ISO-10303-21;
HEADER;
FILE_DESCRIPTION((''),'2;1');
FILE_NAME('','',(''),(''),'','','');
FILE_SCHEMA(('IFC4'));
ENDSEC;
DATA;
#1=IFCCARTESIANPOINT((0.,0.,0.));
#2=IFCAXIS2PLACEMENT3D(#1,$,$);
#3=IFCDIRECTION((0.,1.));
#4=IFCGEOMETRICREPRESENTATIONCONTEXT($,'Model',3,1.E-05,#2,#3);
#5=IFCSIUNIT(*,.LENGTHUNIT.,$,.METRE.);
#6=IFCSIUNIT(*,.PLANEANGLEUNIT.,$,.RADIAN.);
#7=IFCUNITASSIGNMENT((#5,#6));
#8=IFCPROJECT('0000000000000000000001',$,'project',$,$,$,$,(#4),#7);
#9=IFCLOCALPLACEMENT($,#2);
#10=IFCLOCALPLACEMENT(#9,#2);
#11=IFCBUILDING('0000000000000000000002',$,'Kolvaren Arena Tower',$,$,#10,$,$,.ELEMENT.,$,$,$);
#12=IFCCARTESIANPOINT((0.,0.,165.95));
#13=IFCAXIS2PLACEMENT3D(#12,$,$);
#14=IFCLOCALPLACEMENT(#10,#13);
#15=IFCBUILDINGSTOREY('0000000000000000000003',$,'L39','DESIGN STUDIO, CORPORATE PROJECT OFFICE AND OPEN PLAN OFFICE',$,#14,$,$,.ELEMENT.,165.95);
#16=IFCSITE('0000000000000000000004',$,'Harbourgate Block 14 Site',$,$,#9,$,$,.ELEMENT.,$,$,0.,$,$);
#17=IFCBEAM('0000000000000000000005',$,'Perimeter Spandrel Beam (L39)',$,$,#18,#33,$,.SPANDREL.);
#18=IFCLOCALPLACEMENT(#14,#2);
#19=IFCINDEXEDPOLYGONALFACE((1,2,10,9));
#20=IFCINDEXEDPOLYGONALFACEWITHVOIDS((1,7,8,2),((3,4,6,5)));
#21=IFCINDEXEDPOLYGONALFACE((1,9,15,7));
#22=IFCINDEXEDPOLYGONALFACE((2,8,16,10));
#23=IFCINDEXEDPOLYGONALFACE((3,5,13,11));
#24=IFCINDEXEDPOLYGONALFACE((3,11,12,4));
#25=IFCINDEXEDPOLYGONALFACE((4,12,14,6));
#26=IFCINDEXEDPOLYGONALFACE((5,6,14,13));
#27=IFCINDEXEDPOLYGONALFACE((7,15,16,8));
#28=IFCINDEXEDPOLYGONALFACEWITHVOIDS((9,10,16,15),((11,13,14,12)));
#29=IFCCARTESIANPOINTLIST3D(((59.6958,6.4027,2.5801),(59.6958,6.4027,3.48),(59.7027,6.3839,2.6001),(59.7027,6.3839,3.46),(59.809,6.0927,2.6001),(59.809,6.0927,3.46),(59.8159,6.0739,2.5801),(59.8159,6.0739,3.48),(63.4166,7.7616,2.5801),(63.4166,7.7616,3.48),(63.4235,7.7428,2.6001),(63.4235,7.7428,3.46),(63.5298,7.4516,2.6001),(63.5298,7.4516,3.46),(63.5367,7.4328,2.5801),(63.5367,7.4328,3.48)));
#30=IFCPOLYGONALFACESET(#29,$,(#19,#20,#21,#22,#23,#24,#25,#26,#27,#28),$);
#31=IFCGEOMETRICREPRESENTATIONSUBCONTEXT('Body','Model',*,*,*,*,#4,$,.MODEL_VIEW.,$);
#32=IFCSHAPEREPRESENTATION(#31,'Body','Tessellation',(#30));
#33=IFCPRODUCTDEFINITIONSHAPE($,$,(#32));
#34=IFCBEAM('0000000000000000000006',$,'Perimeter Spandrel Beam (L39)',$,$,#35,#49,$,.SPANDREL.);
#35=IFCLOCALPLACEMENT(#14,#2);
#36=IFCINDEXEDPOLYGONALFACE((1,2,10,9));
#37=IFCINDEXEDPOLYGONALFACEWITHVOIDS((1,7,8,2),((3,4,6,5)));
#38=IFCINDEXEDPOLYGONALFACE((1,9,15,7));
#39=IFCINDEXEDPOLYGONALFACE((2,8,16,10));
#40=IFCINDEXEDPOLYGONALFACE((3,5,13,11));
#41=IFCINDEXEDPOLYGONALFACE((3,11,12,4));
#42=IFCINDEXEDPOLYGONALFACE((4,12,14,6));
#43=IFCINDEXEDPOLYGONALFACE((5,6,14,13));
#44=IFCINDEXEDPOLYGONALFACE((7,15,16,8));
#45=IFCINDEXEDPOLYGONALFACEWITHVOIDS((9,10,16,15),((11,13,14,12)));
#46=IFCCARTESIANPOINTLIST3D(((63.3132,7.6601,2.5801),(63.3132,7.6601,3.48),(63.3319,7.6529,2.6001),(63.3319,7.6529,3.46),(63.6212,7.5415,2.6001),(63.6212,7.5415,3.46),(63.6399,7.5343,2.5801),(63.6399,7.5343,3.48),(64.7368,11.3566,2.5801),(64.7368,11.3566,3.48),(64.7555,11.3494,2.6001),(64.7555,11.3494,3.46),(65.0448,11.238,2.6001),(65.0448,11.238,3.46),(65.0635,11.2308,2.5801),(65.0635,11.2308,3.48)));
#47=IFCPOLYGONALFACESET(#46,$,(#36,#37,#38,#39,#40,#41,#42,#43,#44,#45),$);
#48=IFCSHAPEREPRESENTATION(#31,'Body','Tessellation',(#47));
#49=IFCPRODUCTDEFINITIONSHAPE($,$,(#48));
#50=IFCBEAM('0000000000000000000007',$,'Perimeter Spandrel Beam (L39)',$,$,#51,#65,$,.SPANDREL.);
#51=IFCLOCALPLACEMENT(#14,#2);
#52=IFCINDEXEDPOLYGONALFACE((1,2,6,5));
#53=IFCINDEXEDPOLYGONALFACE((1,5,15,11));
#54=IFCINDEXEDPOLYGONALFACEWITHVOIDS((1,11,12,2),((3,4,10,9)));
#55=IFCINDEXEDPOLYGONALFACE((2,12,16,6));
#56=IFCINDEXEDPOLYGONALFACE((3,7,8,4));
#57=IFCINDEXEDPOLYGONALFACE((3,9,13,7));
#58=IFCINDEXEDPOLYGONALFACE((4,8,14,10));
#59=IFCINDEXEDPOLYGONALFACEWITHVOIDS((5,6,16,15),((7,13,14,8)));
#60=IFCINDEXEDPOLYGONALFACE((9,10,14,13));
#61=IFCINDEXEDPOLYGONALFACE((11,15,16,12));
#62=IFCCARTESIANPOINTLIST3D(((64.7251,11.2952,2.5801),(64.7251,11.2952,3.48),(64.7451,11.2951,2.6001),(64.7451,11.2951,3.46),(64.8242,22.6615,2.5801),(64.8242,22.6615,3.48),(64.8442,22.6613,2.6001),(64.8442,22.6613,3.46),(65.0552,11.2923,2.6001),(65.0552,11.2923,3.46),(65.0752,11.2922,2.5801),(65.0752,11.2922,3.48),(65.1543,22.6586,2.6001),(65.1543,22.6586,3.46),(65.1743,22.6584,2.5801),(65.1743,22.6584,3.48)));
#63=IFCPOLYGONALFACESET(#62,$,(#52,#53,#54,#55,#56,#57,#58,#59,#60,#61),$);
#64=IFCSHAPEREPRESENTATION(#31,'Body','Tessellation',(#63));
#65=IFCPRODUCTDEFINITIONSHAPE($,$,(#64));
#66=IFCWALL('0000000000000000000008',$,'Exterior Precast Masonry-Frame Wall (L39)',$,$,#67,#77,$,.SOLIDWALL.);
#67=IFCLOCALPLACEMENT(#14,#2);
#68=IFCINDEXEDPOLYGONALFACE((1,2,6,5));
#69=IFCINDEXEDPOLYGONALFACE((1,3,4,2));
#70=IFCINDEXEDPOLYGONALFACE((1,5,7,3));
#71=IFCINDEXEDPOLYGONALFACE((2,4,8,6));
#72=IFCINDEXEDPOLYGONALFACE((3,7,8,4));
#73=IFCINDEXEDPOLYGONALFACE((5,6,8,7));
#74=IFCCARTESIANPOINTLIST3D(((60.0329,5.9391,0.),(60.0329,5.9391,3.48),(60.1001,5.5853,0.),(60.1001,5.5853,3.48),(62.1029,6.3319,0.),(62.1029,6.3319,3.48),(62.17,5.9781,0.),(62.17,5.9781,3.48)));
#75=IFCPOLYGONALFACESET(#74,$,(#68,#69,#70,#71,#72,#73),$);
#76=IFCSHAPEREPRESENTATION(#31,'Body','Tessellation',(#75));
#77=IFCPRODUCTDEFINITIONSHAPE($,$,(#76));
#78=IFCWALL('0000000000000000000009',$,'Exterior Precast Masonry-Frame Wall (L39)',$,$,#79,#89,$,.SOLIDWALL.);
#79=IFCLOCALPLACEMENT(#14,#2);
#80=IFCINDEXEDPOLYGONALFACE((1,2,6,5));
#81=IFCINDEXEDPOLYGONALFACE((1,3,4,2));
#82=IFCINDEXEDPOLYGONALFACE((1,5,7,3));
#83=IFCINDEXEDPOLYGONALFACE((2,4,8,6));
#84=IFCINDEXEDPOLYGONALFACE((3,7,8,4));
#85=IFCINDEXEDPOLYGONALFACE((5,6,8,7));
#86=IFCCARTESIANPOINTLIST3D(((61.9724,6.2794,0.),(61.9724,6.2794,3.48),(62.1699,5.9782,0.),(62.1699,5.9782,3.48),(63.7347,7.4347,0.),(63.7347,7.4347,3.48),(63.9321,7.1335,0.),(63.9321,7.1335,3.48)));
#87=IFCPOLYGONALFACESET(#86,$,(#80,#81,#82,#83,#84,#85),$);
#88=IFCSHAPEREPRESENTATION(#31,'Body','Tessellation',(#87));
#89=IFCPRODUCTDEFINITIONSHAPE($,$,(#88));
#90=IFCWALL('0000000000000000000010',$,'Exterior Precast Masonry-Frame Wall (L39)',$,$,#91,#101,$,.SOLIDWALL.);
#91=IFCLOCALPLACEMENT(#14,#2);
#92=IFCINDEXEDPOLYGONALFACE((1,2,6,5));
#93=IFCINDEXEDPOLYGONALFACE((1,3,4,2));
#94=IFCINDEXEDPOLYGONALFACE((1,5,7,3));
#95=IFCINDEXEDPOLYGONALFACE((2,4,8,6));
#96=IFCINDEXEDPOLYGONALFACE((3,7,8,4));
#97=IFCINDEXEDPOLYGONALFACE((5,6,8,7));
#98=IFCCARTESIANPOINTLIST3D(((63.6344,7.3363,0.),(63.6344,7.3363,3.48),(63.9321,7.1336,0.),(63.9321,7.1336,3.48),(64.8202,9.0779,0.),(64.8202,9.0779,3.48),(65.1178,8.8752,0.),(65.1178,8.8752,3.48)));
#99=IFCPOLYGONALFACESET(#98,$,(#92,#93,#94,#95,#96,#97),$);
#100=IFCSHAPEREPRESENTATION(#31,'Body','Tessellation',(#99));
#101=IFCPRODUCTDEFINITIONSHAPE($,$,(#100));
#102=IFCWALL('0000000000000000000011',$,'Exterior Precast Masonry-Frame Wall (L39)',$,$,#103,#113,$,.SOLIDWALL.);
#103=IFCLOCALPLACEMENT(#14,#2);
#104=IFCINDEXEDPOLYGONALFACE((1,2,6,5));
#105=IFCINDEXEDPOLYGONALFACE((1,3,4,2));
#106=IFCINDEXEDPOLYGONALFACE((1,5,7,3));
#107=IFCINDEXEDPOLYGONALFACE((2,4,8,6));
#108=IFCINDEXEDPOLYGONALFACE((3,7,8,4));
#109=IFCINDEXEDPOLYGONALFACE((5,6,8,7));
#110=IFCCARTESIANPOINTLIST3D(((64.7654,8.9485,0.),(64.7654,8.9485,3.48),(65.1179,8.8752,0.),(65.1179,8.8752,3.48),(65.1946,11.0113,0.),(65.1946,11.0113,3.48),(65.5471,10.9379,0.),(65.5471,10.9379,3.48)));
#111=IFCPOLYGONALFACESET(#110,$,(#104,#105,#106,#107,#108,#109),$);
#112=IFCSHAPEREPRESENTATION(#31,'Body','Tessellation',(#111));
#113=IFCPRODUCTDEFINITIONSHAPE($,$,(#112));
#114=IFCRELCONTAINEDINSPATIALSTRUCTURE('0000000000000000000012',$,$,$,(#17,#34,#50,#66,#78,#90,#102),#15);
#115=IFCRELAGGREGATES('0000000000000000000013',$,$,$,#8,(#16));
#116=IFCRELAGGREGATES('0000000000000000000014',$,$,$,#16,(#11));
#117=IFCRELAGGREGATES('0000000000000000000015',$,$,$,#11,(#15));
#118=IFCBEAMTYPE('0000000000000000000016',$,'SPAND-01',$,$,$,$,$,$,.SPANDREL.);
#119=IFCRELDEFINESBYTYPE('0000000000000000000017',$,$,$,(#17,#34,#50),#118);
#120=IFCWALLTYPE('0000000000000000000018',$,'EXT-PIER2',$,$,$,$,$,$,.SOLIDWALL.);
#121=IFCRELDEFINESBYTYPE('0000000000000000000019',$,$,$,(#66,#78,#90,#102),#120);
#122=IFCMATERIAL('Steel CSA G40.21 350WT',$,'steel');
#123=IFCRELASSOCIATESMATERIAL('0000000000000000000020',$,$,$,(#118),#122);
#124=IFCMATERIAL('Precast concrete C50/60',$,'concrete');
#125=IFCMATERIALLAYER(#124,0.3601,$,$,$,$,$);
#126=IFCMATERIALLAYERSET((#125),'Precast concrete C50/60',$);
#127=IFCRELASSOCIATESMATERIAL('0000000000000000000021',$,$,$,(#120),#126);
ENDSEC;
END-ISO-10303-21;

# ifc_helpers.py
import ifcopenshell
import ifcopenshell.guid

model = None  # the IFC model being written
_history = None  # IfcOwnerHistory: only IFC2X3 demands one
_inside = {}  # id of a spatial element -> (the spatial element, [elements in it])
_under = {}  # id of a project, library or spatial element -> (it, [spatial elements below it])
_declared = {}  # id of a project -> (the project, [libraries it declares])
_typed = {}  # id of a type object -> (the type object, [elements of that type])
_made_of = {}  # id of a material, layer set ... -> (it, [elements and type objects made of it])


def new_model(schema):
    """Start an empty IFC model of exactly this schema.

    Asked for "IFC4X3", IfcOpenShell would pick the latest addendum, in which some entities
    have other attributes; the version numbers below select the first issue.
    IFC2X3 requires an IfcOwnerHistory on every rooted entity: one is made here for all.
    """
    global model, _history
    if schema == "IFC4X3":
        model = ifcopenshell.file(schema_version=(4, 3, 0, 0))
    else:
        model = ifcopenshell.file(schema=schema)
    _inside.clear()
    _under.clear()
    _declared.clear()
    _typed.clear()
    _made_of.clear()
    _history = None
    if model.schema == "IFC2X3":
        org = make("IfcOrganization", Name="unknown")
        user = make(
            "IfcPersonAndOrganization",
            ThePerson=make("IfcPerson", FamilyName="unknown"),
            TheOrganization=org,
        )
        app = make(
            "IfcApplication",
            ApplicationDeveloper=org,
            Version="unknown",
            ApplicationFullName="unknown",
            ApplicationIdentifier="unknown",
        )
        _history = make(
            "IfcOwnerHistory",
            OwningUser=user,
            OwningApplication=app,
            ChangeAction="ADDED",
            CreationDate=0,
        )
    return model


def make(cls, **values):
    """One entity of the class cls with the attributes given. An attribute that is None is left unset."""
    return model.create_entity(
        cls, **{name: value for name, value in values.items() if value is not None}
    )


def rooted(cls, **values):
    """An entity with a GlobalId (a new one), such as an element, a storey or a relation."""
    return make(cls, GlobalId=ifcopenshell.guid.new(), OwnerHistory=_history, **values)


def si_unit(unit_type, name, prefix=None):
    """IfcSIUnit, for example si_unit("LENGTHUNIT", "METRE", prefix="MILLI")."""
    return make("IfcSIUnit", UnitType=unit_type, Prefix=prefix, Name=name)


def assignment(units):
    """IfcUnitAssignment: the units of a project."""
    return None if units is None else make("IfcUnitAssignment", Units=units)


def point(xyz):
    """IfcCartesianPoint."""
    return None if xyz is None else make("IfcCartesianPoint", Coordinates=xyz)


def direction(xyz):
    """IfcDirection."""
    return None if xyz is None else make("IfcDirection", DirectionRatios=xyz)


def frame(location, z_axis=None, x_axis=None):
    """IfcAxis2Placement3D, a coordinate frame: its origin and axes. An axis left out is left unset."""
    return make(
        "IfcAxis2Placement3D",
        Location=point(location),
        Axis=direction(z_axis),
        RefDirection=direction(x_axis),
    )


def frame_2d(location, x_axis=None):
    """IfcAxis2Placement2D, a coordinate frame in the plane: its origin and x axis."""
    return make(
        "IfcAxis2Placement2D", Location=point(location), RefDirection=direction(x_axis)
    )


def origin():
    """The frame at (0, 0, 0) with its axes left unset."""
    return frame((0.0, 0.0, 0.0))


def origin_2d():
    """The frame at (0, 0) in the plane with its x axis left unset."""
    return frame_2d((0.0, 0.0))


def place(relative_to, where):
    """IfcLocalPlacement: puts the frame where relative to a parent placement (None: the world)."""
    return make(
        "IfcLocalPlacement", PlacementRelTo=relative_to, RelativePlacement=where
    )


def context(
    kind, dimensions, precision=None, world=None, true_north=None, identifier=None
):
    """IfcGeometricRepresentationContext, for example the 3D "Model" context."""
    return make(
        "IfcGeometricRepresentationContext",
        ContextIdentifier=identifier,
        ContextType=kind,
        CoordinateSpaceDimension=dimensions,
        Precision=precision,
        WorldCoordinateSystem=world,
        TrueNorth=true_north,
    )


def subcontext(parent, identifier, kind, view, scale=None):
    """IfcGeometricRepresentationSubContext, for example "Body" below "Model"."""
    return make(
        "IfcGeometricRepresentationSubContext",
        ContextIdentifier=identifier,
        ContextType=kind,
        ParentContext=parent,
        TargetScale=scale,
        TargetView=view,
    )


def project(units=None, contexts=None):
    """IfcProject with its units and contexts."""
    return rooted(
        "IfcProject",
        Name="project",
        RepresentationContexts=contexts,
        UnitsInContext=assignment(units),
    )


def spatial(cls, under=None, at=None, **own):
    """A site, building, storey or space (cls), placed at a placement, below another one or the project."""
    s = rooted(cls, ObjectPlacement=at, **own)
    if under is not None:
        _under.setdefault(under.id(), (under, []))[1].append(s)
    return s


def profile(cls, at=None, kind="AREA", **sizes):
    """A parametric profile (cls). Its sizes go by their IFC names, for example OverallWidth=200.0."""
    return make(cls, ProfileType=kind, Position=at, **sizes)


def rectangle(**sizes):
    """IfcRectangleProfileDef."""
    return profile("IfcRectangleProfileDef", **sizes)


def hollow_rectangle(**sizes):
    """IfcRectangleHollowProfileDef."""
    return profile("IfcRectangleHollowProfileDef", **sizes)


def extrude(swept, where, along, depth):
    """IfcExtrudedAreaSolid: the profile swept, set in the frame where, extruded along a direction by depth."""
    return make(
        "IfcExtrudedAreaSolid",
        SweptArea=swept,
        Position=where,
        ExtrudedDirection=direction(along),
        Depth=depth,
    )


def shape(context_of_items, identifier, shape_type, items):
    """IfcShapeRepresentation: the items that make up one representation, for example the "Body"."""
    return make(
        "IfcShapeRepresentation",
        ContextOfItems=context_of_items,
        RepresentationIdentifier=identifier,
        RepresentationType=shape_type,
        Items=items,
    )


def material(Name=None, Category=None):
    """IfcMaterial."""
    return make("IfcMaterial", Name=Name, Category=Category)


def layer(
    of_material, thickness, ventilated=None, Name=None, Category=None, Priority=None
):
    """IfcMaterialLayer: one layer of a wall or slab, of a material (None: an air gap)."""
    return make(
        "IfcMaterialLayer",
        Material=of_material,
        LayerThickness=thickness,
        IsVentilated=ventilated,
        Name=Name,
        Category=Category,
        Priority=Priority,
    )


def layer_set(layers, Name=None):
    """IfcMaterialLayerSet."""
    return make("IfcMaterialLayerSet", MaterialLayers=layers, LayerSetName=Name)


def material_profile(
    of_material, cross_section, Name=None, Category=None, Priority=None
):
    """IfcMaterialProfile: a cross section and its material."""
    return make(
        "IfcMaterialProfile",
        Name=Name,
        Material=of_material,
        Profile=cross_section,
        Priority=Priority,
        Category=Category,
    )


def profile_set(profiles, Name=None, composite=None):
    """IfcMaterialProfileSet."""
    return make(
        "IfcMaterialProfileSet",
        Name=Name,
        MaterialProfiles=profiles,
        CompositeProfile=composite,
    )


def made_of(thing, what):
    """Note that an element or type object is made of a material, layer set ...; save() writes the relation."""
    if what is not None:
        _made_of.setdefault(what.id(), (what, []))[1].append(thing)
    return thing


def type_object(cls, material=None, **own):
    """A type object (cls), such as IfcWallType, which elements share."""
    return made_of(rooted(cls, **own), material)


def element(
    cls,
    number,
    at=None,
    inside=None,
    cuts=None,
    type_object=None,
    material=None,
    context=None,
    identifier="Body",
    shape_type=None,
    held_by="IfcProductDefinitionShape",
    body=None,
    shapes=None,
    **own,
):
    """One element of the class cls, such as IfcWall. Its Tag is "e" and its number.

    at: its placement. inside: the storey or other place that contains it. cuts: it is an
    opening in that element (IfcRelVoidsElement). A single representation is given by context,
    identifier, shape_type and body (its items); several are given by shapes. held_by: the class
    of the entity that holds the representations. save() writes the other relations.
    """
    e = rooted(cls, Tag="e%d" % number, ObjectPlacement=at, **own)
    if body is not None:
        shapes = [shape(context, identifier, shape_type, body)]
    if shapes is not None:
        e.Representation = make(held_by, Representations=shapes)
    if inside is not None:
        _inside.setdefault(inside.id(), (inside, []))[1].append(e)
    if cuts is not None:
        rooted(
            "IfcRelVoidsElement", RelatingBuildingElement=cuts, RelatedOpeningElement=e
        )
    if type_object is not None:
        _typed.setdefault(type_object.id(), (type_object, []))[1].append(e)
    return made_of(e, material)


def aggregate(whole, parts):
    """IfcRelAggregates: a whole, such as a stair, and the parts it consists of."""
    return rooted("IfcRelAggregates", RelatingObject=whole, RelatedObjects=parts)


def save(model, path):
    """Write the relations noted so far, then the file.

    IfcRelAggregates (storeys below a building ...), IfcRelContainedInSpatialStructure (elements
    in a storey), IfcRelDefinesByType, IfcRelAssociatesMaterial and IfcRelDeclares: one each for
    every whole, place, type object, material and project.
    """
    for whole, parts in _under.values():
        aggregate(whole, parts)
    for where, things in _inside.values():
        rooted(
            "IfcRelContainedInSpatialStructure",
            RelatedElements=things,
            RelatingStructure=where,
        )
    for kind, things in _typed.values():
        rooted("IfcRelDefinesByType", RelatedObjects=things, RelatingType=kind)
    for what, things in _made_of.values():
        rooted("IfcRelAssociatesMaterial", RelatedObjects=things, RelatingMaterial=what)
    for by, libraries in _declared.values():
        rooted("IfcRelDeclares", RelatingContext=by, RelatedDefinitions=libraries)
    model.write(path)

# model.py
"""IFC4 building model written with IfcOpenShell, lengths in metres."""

from ifc_helpers import new_model, si_unit, direction, frame, frame_2d, origin, origin_2d, place, context, subcontext, project, spatial, rectangle, hollow_rectangle, extrude, material, layer, layer_set, material_profile, profile_set, type_object, element, save


model = new_model("IFC4")

# Units and contexts
model_context = context("Model", 3, precision=1e-05, world=origin(), true_north=direction((0.0, 1.0)))
body_context = subcontext(model_context, "Body", "Model", "MODEL_VIEW")
ifc_project = project(units=[si_unit("LENGTHUNIT", "METRE"), si_unit("PLANEANGLEUNIT", "RADIAN")], contexts=[model_context])

# Site, building, storey
site_placement = place(None, origin())
site = spatial("IfcSite", under=ifc_project, at=site_placement, Name="Harbourgate Block 14 Site", CompositionType="ELEMENT", RefElevation=0.0)
building_placement = place(site_placement, origin())
building = spatial("IfcBuilding", under=site, at=building_placement, Name="Kolvaren Arena Tower", CompositionType="ELEMENT")
storey_placement = place(building_placement, frame((0.0, 0.0, 165.95)))
storey = spatial("IfcBuildingStorey", under=building, at=storey_placement, Name="L39", Description="DESIGN STUDIO, CORPORATE PROJECT OFFICE AND OPEN PLAN OFFICE", CompositionType="ELEMENT", Elevation=165.95)

# Beams
ifc_material_1 = material(Name="Steel CSA G40.21 350WT", Category="steel")
ifc_material_profile_1 = material_profile(ifc_material_1, hollow_rectangle(XDim=0.3501, YDim=0.8999, WallThickness=0.02, at=origin_2d()), Name="HSS 900x350x20")
ifc_profile_set_1 = profile_set([ifc_material_profile_1], Name="Steel CSA G40.21 350WT")
beam_type_1 = type_object("IfcBeamType", Name="SPAND-01", PredefinedType="SPANDREL", material=ifc_profile_set_1)
for number, where, z_axis, x_axis, name in (
    (1, (59.7559, 6.2383, 3.03), (0.939314, 0.343059, 0.0), (-0.343059, 0.939314, 0.0), "Perimeter Spandrel Beam (L39)"),
    (2, (63.4766, 7.5972, 3.03), (0.359384, 0.93319, 0.0), (-0.93319, 0.359384, 0.0), "Perimeter Spandrel Beam (L39)"),
):
    element("IfcBeam", number, at=place(storey_placement, frame(where, z_axis=z_axis, x_axis=x_axis)), inside=storey, type_object=beam_type_1, Name=name, PredefinedType="SPANDREL", context=body_context, shape_type="SweptSolid", body=[
        extrude(hollow_rectangle(XDim=0.3501, YDim=0.8999, WallThickness=0.02, at=origin_2d()), origin(), (0.0, 0.0, 1.0), 3.9612),
    ])
beam_1_placement = place(storey_placement, frame((64.9001, 11.2937, 3.03), z_axis=(0.00872, 0.999962, 0.0), x_axis=(-0.999962, 0.00872, 0.0)))
element("IfcBeam", 3, at=beam_1_placement, inside=storey, type_object=beam_type_1, Name="Perimeter Spandrel Beam (L39)", PredefinedType="SPANDREL", context=body_context, shape_type="SweptSolid", body=[
    extrude(hollow_rectangle(XDim=0.3501, YDim=0.8999, WallThickness=0.02, at=origin_2d()), origin(), (0.0, 0.0, 1.0), 11.3667),
])

# Walls
ifc_material_2 = material(Name="Precast concrete C50/60", Category="concrete")
ifc_layer_1 = layer(ifc_material_2, 0.3601)
ifc_layer_set_1 = layer_set([ifc_layer_1], Name="Precast concrete C50/60")
wall_type_1 = type_object("IfcWallType", Name="EXT-PIER2", PredefinedType="SOLIDWALL", material=ifc_layer_set_1)
wall_1_placement = place(storey_placement, frame((62.1365, 6.155, 0.0), z_axis=(0.0, 0.0, 1.0), x_axis=(-0.982467, -0.186436, 0.0)))
element("IfcWall", 4, at=wall_1_placement, inside=storey, type_object=wall_type_1, Name="Exterior Precast Masonry-Frame Wall (L39)", PredefinedType="SOLIDWALL", context=body_context, shape_type="SweptSolid", body=[
    extrude(rectangle(XDim=2.1069, YDim=0.3601, at=frame_2d((1.0535, 0.0))), origin(), (0.0, 0.0, 1.0), 3.48),
])
wall_2_placement = place(storey_placement, frame((63.8335, 7.2842, 0.0), z_axis=(0.0, 0.0, 1.0), x_axis=(-0.836304, -0.548267, 0.0)))
element("IfcWall", 5, at=wall_2_placement, inside=storey, type_object=wall_type_1, Name="Exterior Precast Masonry-Frame Wall (L39)", PredefinedType="SOLIDWALL", context=body_context, shape_type="SweptSolid", body=[
    extrude(rectangle(XDim=2.1072, YDim=0.3601, at=frame_2d((1.0537, 0.0))), origin(), (0.0, 0.0, 1.0), 3.48),
])
for number, where, z_axis, x_axis, name in (
    (6, (64.969, 8.9766, 0.0), (0.0, 0.0, 1.0), (-0.562776, -0.82661, 0.0), "Exterior Precast Masonry-Frame Wall (L39)"),
    (7, (65.3708, 10.9746, 0.0), (0.0, 0.0, 1.0), (-0.203709, -0.979031, 0.0), "Exterior Precast Masonry-Frame Wall (L39)"),
):
    element("IfcWall", number, at=place(storey_placement, frame(where, z_axis=z_axis, x_axis=x_axis)), inside=storey, type_object=wall_type_1, Name=name, PredefinedType="SOLIDWALL", context=body_context, shape_type="SweptSolid", body=[
        extrude(rectangle(XDim=2.1069, YDim=0.3601, at=frame_2d((1.0535, 0.0))), origin(), (0.0, 0.0, 1.0), 3.48),
    ])

save(model, "model.ifc")
